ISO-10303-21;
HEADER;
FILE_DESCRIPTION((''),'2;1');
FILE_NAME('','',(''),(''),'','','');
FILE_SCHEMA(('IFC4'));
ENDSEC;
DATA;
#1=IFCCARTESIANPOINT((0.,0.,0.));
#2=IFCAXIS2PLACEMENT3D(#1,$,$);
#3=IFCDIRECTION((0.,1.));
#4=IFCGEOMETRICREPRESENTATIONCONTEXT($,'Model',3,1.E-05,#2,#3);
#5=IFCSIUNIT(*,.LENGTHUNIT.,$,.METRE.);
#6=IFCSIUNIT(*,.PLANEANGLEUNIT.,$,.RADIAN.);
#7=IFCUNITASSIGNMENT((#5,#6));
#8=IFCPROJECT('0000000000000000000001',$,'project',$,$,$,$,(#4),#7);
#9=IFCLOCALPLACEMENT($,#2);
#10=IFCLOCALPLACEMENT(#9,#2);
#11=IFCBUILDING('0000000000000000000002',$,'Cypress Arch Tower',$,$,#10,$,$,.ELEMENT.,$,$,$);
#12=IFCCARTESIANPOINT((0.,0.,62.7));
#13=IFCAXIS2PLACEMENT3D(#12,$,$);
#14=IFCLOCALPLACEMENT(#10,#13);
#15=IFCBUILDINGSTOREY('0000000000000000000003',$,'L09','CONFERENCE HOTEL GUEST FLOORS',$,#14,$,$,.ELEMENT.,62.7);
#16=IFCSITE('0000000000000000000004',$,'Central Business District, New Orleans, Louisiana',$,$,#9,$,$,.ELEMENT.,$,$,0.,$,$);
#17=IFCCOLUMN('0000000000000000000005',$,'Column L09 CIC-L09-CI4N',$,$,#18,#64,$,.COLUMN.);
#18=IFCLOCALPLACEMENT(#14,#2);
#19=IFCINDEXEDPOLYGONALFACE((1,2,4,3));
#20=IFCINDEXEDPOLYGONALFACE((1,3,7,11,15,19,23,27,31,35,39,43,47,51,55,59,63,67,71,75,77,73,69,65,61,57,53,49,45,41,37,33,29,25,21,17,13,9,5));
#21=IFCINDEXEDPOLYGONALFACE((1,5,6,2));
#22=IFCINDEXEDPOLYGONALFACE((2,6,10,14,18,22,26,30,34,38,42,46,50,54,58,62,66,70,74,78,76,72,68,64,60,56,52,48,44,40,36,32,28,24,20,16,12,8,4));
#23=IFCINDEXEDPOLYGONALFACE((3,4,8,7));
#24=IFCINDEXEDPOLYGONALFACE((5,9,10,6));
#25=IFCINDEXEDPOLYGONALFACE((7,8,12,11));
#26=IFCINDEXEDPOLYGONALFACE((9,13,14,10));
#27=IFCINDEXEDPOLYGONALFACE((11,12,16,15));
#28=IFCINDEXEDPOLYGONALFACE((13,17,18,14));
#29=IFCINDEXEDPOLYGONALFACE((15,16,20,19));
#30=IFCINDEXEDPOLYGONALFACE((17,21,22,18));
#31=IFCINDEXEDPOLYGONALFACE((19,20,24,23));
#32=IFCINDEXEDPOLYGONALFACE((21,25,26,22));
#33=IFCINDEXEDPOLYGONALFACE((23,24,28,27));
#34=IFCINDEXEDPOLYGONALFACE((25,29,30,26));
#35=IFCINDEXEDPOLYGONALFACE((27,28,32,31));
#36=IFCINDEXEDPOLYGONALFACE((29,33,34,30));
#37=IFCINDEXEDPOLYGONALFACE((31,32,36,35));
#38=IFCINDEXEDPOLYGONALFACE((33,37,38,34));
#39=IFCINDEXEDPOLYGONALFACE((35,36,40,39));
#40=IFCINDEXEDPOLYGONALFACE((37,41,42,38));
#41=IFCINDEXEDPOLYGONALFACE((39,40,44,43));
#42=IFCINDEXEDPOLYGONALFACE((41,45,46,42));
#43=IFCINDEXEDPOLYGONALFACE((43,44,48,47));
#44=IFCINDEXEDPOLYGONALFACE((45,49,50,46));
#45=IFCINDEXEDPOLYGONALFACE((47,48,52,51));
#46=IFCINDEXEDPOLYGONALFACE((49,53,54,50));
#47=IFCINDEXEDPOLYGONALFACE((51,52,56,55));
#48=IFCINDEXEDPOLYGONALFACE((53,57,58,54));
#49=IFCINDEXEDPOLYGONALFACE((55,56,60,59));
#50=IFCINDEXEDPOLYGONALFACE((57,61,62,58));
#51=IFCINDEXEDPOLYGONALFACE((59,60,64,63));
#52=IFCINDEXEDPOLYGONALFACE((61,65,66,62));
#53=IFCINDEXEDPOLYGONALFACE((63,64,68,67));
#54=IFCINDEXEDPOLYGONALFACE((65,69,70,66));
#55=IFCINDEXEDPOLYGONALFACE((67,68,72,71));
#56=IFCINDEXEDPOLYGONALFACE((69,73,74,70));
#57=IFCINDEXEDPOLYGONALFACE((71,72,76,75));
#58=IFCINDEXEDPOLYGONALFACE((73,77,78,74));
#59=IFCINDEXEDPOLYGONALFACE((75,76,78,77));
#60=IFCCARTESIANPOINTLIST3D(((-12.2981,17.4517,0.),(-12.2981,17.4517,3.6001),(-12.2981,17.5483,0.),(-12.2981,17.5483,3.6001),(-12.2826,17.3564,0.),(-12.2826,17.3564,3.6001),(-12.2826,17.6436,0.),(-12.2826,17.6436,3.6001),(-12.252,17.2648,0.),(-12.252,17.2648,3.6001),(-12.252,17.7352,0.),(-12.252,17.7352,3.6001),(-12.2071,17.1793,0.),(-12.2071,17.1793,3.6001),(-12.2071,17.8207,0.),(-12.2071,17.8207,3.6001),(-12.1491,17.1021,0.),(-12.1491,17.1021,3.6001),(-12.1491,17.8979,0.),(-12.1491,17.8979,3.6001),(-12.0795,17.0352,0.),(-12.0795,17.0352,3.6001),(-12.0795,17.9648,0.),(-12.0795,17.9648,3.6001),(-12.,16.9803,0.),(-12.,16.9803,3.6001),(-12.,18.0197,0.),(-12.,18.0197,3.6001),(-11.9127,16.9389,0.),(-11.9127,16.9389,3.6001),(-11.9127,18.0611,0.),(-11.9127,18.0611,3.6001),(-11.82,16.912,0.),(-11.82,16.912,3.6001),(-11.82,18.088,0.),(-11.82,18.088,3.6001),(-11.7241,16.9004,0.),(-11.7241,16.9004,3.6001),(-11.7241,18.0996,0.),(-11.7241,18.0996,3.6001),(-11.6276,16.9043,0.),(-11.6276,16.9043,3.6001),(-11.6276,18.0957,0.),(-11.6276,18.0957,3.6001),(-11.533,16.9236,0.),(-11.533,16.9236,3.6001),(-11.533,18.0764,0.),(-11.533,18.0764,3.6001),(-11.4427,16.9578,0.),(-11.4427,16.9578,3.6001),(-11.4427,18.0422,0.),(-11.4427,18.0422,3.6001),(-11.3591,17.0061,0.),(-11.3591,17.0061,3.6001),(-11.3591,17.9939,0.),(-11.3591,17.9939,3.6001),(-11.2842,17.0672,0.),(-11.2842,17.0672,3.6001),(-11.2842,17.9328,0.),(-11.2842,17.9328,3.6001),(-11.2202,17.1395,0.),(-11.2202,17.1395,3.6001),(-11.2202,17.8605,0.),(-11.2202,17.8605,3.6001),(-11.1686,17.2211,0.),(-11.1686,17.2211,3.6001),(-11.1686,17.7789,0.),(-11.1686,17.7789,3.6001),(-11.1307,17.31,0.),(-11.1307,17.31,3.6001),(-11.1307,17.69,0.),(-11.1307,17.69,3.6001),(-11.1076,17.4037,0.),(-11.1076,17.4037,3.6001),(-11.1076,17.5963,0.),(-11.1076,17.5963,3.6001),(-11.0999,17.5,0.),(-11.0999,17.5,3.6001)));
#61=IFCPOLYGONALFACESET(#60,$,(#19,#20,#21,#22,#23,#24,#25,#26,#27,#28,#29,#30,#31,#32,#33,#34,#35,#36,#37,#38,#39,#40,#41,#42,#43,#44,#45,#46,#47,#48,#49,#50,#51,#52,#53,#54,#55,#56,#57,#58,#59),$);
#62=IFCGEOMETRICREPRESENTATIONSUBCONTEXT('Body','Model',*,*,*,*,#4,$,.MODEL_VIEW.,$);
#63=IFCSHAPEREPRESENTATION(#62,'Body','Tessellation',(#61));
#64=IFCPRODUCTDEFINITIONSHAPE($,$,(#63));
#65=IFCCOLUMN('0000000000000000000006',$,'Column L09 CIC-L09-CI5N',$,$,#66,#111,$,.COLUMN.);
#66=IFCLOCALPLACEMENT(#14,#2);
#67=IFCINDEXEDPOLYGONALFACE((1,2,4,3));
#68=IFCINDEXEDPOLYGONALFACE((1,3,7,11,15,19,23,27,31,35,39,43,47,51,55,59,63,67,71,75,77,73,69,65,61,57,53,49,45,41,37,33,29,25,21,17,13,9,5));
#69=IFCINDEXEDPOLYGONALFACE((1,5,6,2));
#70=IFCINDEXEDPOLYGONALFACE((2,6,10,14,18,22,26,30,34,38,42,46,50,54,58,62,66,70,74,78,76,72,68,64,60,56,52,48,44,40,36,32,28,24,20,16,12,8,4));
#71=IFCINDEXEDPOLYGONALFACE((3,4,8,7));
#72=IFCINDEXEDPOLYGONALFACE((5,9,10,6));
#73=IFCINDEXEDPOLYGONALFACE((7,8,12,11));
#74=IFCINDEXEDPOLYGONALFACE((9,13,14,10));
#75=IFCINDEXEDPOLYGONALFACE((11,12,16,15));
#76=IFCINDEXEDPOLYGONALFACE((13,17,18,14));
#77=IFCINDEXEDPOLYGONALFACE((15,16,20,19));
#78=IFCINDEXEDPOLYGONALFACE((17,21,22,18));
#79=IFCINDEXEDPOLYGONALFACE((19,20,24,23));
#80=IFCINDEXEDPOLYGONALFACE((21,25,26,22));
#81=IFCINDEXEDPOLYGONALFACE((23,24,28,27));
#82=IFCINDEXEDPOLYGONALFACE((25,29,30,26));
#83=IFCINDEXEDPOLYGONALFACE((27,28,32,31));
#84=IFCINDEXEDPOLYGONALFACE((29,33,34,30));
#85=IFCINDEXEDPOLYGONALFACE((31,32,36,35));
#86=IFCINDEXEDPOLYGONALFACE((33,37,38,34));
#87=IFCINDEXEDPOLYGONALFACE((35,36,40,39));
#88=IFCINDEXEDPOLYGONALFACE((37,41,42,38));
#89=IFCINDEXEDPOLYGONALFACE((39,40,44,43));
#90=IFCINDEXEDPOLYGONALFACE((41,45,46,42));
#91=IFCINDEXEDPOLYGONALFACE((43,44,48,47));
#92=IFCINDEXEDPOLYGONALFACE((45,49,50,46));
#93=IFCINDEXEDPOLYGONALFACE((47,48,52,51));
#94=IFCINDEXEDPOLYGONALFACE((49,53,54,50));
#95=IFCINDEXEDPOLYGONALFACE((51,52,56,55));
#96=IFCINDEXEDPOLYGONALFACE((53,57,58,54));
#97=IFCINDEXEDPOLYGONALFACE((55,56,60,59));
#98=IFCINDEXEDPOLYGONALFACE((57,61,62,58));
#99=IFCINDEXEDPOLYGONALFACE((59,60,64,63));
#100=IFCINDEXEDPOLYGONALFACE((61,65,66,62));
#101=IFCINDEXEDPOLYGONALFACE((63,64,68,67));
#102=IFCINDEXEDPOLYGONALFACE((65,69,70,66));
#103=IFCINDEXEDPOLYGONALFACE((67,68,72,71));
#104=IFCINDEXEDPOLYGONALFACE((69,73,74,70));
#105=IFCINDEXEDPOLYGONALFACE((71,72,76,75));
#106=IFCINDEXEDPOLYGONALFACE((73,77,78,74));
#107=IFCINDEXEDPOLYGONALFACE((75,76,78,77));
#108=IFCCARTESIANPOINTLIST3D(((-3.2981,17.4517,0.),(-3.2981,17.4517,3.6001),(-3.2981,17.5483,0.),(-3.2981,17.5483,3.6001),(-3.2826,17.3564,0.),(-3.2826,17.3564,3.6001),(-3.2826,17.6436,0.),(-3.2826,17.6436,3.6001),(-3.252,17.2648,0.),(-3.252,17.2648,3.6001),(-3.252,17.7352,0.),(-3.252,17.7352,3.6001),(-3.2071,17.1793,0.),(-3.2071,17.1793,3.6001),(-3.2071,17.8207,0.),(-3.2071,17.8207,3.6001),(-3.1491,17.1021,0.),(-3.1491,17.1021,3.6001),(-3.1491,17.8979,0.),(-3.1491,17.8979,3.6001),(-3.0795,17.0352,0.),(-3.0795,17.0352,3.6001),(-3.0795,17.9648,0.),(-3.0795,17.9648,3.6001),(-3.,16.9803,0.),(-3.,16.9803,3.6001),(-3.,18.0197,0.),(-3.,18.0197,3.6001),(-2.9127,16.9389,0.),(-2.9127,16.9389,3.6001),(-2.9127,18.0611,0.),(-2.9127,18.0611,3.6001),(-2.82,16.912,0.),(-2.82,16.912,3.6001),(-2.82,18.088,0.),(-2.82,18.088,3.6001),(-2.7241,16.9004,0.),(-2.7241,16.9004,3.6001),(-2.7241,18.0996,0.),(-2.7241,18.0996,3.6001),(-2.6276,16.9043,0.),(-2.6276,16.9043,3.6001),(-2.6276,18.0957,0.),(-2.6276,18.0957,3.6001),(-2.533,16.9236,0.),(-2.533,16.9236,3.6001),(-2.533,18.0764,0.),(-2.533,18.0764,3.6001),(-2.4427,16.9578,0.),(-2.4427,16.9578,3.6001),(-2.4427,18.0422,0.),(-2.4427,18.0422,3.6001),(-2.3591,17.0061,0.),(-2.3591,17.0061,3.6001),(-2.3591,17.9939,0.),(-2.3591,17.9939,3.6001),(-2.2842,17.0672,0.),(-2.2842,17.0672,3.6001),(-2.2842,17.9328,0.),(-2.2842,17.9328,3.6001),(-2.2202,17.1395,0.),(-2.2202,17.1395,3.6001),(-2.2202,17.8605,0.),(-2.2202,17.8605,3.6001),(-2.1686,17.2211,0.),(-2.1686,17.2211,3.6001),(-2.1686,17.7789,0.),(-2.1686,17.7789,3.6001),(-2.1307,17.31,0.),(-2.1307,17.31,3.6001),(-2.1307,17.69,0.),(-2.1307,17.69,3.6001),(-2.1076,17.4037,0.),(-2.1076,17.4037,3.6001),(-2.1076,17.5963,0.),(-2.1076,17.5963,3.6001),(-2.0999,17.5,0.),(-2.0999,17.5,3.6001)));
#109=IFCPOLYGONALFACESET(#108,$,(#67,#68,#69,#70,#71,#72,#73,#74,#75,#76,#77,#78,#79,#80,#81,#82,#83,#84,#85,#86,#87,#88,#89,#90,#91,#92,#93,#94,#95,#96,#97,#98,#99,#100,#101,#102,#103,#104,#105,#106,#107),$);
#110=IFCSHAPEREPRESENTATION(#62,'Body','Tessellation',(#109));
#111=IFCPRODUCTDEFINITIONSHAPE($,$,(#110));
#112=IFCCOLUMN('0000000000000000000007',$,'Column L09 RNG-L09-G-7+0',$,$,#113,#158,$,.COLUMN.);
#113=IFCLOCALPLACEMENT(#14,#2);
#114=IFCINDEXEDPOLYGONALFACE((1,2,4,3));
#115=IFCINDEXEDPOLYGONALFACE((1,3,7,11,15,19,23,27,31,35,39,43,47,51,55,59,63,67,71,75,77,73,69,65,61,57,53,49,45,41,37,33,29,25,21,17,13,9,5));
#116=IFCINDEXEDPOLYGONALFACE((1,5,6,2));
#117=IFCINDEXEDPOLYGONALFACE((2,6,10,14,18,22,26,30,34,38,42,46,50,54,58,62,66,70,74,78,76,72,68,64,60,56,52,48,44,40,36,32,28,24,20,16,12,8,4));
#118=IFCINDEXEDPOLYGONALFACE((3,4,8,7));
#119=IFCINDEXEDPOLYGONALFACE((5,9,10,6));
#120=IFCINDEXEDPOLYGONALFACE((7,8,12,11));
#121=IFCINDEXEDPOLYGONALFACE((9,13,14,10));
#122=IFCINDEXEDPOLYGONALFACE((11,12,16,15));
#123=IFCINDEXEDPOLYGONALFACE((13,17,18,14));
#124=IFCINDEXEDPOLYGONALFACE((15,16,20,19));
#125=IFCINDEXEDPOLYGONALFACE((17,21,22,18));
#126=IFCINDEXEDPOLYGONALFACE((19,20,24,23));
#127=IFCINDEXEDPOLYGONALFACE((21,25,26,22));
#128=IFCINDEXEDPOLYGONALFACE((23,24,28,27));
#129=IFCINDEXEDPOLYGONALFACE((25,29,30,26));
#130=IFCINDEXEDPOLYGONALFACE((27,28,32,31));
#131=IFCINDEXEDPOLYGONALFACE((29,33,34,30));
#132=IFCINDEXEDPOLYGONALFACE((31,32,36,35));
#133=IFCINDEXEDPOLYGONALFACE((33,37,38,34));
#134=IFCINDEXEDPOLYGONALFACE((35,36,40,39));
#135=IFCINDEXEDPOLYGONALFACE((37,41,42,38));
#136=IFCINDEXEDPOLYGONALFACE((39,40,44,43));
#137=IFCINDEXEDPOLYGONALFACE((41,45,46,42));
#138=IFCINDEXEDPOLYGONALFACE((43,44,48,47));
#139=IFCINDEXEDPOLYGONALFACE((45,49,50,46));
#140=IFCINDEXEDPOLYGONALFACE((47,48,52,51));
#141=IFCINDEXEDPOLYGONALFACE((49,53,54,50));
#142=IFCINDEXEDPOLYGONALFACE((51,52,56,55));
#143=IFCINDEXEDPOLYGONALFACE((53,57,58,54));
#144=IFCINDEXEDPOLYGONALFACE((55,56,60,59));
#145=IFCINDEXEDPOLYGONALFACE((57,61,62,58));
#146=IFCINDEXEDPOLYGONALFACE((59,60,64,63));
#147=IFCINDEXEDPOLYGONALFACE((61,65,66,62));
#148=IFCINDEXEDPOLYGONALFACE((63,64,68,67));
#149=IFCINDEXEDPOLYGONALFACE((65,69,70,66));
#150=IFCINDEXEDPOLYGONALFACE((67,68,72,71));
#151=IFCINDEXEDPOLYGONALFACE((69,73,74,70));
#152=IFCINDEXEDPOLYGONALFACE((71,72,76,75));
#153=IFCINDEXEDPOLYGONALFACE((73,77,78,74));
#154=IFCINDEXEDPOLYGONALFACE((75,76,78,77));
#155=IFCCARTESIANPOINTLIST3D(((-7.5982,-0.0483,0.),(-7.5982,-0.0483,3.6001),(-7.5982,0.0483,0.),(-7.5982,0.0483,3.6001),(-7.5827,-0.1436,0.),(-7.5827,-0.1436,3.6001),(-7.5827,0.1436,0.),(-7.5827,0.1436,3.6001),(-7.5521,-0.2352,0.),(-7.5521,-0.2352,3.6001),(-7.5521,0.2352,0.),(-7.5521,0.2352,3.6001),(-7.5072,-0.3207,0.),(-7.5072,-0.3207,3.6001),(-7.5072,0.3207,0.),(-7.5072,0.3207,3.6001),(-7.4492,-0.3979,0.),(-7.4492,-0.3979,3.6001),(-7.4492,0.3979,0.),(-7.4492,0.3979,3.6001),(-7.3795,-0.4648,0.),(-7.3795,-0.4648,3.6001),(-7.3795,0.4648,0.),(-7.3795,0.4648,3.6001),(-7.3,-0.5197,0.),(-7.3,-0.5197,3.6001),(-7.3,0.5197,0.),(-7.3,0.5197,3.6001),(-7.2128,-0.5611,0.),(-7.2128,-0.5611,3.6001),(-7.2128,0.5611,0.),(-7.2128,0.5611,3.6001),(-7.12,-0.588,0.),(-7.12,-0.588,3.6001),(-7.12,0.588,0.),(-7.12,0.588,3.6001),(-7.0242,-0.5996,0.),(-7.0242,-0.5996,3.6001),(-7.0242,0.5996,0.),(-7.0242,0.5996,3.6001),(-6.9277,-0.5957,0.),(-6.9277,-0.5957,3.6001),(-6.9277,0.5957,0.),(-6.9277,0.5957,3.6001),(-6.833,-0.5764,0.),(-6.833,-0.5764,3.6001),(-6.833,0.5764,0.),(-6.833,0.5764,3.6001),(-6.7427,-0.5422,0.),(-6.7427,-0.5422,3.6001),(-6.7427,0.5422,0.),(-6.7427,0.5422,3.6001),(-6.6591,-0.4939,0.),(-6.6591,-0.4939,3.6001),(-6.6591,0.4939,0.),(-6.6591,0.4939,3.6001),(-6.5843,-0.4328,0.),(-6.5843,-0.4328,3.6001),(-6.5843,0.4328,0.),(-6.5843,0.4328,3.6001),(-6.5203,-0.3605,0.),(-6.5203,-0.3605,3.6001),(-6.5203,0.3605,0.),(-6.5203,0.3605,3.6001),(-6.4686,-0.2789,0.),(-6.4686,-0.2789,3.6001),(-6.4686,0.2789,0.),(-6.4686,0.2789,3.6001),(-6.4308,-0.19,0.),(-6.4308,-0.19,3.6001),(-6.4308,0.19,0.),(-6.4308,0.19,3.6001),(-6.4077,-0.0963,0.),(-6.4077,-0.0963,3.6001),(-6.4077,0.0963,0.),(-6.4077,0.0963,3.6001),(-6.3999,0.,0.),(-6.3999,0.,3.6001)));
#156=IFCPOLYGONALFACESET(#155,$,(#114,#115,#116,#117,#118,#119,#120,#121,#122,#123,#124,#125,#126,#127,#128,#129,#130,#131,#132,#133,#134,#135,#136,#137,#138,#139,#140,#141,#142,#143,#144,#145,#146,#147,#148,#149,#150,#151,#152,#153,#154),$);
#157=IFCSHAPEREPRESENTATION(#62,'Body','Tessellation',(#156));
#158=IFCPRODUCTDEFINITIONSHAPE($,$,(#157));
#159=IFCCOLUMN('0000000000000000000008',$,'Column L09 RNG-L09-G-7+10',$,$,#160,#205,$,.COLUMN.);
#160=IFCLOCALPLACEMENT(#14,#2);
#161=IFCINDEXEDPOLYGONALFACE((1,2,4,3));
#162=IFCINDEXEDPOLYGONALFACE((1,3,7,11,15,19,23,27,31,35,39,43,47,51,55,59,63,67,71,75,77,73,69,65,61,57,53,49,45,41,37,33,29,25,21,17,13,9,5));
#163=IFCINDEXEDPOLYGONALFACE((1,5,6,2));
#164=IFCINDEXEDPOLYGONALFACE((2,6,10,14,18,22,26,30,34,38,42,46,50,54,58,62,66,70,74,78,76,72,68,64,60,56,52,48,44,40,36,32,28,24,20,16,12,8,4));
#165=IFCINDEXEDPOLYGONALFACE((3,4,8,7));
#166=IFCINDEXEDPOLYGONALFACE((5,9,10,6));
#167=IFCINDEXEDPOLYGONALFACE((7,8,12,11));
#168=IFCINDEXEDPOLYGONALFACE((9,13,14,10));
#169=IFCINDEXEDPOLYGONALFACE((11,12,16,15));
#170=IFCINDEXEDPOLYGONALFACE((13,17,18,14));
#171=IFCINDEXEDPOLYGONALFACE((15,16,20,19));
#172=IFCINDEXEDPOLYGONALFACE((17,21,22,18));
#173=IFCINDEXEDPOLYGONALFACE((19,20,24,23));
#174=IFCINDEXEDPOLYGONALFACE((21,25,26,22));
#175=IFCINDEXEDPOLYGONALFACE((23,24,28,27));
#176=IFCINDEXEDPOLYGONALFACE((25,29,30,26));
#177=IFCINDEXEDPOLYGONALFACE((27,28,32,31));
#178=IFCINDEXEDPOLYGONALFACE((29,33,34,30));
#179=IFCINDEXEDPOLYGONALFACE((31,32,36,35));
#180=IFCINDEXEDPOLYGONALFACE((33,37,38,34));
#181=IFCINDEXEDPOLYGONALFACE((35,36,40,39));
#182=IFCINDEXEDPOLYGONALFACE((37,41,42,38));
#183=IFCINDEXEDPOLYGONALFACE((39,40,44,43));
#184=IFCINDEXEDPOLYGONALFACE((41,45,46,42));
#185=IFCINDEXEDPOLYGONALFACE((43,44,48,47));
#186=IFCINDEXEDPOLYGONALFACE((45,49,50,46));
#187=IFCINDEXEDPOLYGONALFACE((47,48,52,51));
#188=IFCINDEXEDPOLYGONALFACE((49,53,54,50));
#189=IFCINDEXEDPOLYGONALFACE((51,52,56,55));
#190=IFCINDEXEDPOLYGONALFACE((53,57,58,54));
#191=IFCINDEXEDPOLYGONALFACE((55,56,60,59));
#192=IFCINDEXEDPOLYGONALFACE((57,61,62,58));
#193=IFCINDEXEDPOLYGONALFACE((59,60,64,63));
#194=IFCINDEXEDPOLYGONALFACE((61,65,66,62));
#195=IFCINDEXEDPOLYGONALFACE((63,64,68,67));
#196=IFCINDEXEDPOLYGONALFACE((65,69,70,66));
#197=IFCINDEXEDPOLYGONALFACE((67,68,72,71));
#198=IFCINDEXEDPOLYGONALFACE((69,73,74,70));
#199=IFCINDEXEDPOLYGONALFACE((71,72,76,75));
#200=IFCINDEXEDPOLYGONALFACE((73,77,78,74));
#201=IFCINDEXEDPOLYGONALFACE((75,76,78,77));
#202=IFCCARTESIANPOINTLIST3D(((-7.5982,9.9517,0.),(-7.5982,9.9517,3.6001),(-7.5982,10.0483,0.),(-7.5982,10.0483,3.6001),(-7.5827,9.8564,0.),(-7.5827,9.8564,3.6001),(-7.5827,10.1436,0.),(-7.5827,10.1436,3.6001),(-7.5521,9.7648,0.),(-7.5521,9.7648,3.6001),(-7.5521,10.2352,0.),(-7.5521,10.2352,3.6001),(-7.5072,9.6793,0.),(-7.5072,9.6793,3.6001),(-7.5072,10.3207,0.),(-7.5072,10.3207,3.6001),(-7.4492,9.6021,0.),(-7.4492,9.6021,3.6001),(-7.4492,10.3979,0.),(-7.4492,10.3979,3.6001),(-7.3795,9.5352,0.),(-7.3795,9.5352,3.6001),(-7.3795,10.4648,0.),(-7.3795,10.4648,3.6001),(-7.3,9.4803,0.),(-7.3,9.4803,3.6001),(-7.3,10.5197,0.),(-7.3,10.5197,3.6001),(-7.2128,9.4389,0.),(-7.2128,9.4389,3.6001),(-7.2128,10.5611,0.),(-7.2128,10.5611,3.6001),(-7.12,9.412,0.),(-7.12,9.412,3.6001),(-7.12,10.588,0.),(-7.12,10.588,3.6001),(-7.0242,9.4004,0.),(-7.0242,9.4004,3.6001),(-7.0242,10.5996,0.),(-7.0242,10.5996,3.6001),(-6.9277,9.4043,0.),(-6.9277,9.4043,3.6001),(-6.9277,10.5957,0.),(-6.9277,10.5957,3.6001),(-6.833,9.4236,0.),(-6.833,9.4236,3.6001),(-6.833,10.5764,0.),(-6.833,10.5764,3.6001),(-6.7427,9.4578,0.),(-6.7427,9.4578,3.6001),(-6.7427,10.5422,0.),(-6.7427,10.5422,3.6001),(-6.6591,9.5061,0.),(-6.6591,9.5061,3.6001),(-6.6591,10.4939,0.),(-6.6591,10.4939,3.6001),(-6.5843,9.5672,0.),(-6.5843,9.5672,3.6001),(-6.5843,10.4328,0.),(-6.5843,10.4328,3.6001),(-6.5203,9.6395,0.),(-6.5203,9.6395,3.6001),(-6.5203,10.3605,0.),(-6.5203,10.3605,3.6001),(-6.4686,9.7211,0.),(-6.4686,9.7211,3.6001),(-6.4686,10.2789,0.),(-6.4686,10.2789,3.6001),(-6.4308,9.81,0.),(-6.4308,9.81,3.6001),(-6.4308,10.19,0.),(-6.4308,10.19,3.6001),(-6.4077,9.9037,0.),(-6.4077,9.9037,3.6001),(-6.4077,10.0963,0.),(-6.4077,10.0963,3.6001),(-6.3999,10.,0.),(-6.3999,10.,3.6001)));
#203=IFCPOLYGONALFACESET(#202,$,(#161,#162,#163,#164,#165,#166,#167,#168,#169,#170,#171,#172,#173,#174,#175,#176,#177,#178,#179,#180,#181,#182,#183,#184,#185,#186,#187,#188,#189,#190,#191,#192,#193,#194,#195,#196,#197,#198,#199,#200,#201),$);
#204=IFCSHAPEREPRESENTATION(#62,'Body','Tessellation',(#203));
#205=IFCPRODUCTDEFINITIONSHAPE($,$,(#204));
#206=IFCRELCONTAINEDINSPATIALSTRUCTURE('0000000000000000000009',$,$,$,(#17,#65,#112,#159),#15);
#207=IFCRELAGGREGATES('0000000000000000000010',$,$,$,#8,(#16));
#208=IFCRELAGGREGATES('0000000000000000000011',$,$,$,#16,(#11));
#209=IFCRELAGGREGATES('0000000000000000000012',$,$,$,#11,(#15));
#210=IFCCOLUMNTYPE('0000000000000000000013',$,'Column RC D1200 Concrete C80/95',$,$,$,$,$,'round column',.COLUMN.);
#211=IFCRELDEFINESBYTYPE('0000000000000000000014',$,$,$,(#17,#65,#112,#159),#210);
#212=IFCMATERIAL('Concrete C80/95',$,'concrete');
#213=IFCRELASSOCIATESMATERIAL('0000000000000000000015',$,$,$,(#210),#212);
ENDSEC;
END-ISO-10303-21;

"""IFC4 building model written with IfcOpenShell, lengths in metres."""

from ifc_helpers import new_model, si_unit, direction, frame, origin, origin_2d, place, context, subcontext, project, spatial, circle, extrude, material, material_profile, profile_set, type_object, element, save


model = new_model("IFC4")

# Units and contexts
model_context = context("Model", 3, precision=1e-05, world=origin(), true_north=direction((0.0, 1.0)))
body_context = subcontext(model_context, "Body", "Model", "MODEL_VIEW")
ifc_project = project(units=[si_unit("LENGTHUNIT", "METRE"), si_unit("PLANEANGLEUNIT", "RADIAN")], contexts=[model_context])

# Site, building, storey
site_placement = place(None, origin())
site = spatial("IfcSite", under=ifc_project, at=site_placement, Name="Central Business District, New Orleans, Louisiana", CompositionType="ELEMENT", RefElevation=0.0)
building_placement = place(site_placement, origin())
building = spatial("IfcBuilding", under=site, at=building_placement, Name="Cypress Arch Tower", CompositionType="ELEMENT")
storey_placement = place(building_placement, frame((0.0, 0.0, 62.7)))
storey = spatial("IfcBuildingStorey", under=building, at=storey_placement, Name="L09", Description="CONFERENCE HOTEL GUEST FLOORS", CompositionType="ELEMENT", Elevation=62.7)

# Columns
ifc_material_1 = material(Name="Concrete C80/95", Category="concrete")
ifc_material_profile_1 = material_profile(ifc_material_1, circle(Radius=0.6001, at=origin_2d()), Name="RC D1200")
ifc_profile_set_1 = profile_set([ifc_material_profile_1], Name="Concrete C80/95")
column_type = type_object("IfcColumnType", Name="Column RC D1200 Concrete C80/95", ElementType="round column", PredefinedType="COLUMN", material=ifc_profile_set_1)
for number, where, z_axis, x_axis, name in (
    (1, (-11.7, 17.5, 0.0), (0.0, 0.0, 1.0), (1.0, 0.0, 0.0), "Column L09 CIC-L09-CI4N"),
    (2, (-2.7, 17.5, 0.0), (0.0, 0.0, 1.0), (1.0, 0.0, 0.0), "Column L09 CIC-L09-CI5N"),
    (3, (-7.0, 0.0, 0.0), (0.0, 0.0, 1.0), (1.0, 0.0, 0.0), "Column L09 RNG-L09-G-7+0"),
    (4, (-7.0, 10.0, 0.0), (0.0, 0.0, 1.0), (1.0, 0.0, 0.0), "Column L09 RNG-L09-G-7+10"),
):
    element("IfcColumn", number, at=place(storey_placement, frame(where, z_axis=z_axis, x_axis=x_axis)), inside=storey, type_object=column_type, Name=name, PredefinedType="COLUMN", context=body_context, shape_type="SweptSolid", body=[
        extrude(circle(Radius=0.6001, at=origin_2d()), origin(), (0.0, 0.0, 1.0), 3.6001),
    ])

save(model, "model.ifc")
